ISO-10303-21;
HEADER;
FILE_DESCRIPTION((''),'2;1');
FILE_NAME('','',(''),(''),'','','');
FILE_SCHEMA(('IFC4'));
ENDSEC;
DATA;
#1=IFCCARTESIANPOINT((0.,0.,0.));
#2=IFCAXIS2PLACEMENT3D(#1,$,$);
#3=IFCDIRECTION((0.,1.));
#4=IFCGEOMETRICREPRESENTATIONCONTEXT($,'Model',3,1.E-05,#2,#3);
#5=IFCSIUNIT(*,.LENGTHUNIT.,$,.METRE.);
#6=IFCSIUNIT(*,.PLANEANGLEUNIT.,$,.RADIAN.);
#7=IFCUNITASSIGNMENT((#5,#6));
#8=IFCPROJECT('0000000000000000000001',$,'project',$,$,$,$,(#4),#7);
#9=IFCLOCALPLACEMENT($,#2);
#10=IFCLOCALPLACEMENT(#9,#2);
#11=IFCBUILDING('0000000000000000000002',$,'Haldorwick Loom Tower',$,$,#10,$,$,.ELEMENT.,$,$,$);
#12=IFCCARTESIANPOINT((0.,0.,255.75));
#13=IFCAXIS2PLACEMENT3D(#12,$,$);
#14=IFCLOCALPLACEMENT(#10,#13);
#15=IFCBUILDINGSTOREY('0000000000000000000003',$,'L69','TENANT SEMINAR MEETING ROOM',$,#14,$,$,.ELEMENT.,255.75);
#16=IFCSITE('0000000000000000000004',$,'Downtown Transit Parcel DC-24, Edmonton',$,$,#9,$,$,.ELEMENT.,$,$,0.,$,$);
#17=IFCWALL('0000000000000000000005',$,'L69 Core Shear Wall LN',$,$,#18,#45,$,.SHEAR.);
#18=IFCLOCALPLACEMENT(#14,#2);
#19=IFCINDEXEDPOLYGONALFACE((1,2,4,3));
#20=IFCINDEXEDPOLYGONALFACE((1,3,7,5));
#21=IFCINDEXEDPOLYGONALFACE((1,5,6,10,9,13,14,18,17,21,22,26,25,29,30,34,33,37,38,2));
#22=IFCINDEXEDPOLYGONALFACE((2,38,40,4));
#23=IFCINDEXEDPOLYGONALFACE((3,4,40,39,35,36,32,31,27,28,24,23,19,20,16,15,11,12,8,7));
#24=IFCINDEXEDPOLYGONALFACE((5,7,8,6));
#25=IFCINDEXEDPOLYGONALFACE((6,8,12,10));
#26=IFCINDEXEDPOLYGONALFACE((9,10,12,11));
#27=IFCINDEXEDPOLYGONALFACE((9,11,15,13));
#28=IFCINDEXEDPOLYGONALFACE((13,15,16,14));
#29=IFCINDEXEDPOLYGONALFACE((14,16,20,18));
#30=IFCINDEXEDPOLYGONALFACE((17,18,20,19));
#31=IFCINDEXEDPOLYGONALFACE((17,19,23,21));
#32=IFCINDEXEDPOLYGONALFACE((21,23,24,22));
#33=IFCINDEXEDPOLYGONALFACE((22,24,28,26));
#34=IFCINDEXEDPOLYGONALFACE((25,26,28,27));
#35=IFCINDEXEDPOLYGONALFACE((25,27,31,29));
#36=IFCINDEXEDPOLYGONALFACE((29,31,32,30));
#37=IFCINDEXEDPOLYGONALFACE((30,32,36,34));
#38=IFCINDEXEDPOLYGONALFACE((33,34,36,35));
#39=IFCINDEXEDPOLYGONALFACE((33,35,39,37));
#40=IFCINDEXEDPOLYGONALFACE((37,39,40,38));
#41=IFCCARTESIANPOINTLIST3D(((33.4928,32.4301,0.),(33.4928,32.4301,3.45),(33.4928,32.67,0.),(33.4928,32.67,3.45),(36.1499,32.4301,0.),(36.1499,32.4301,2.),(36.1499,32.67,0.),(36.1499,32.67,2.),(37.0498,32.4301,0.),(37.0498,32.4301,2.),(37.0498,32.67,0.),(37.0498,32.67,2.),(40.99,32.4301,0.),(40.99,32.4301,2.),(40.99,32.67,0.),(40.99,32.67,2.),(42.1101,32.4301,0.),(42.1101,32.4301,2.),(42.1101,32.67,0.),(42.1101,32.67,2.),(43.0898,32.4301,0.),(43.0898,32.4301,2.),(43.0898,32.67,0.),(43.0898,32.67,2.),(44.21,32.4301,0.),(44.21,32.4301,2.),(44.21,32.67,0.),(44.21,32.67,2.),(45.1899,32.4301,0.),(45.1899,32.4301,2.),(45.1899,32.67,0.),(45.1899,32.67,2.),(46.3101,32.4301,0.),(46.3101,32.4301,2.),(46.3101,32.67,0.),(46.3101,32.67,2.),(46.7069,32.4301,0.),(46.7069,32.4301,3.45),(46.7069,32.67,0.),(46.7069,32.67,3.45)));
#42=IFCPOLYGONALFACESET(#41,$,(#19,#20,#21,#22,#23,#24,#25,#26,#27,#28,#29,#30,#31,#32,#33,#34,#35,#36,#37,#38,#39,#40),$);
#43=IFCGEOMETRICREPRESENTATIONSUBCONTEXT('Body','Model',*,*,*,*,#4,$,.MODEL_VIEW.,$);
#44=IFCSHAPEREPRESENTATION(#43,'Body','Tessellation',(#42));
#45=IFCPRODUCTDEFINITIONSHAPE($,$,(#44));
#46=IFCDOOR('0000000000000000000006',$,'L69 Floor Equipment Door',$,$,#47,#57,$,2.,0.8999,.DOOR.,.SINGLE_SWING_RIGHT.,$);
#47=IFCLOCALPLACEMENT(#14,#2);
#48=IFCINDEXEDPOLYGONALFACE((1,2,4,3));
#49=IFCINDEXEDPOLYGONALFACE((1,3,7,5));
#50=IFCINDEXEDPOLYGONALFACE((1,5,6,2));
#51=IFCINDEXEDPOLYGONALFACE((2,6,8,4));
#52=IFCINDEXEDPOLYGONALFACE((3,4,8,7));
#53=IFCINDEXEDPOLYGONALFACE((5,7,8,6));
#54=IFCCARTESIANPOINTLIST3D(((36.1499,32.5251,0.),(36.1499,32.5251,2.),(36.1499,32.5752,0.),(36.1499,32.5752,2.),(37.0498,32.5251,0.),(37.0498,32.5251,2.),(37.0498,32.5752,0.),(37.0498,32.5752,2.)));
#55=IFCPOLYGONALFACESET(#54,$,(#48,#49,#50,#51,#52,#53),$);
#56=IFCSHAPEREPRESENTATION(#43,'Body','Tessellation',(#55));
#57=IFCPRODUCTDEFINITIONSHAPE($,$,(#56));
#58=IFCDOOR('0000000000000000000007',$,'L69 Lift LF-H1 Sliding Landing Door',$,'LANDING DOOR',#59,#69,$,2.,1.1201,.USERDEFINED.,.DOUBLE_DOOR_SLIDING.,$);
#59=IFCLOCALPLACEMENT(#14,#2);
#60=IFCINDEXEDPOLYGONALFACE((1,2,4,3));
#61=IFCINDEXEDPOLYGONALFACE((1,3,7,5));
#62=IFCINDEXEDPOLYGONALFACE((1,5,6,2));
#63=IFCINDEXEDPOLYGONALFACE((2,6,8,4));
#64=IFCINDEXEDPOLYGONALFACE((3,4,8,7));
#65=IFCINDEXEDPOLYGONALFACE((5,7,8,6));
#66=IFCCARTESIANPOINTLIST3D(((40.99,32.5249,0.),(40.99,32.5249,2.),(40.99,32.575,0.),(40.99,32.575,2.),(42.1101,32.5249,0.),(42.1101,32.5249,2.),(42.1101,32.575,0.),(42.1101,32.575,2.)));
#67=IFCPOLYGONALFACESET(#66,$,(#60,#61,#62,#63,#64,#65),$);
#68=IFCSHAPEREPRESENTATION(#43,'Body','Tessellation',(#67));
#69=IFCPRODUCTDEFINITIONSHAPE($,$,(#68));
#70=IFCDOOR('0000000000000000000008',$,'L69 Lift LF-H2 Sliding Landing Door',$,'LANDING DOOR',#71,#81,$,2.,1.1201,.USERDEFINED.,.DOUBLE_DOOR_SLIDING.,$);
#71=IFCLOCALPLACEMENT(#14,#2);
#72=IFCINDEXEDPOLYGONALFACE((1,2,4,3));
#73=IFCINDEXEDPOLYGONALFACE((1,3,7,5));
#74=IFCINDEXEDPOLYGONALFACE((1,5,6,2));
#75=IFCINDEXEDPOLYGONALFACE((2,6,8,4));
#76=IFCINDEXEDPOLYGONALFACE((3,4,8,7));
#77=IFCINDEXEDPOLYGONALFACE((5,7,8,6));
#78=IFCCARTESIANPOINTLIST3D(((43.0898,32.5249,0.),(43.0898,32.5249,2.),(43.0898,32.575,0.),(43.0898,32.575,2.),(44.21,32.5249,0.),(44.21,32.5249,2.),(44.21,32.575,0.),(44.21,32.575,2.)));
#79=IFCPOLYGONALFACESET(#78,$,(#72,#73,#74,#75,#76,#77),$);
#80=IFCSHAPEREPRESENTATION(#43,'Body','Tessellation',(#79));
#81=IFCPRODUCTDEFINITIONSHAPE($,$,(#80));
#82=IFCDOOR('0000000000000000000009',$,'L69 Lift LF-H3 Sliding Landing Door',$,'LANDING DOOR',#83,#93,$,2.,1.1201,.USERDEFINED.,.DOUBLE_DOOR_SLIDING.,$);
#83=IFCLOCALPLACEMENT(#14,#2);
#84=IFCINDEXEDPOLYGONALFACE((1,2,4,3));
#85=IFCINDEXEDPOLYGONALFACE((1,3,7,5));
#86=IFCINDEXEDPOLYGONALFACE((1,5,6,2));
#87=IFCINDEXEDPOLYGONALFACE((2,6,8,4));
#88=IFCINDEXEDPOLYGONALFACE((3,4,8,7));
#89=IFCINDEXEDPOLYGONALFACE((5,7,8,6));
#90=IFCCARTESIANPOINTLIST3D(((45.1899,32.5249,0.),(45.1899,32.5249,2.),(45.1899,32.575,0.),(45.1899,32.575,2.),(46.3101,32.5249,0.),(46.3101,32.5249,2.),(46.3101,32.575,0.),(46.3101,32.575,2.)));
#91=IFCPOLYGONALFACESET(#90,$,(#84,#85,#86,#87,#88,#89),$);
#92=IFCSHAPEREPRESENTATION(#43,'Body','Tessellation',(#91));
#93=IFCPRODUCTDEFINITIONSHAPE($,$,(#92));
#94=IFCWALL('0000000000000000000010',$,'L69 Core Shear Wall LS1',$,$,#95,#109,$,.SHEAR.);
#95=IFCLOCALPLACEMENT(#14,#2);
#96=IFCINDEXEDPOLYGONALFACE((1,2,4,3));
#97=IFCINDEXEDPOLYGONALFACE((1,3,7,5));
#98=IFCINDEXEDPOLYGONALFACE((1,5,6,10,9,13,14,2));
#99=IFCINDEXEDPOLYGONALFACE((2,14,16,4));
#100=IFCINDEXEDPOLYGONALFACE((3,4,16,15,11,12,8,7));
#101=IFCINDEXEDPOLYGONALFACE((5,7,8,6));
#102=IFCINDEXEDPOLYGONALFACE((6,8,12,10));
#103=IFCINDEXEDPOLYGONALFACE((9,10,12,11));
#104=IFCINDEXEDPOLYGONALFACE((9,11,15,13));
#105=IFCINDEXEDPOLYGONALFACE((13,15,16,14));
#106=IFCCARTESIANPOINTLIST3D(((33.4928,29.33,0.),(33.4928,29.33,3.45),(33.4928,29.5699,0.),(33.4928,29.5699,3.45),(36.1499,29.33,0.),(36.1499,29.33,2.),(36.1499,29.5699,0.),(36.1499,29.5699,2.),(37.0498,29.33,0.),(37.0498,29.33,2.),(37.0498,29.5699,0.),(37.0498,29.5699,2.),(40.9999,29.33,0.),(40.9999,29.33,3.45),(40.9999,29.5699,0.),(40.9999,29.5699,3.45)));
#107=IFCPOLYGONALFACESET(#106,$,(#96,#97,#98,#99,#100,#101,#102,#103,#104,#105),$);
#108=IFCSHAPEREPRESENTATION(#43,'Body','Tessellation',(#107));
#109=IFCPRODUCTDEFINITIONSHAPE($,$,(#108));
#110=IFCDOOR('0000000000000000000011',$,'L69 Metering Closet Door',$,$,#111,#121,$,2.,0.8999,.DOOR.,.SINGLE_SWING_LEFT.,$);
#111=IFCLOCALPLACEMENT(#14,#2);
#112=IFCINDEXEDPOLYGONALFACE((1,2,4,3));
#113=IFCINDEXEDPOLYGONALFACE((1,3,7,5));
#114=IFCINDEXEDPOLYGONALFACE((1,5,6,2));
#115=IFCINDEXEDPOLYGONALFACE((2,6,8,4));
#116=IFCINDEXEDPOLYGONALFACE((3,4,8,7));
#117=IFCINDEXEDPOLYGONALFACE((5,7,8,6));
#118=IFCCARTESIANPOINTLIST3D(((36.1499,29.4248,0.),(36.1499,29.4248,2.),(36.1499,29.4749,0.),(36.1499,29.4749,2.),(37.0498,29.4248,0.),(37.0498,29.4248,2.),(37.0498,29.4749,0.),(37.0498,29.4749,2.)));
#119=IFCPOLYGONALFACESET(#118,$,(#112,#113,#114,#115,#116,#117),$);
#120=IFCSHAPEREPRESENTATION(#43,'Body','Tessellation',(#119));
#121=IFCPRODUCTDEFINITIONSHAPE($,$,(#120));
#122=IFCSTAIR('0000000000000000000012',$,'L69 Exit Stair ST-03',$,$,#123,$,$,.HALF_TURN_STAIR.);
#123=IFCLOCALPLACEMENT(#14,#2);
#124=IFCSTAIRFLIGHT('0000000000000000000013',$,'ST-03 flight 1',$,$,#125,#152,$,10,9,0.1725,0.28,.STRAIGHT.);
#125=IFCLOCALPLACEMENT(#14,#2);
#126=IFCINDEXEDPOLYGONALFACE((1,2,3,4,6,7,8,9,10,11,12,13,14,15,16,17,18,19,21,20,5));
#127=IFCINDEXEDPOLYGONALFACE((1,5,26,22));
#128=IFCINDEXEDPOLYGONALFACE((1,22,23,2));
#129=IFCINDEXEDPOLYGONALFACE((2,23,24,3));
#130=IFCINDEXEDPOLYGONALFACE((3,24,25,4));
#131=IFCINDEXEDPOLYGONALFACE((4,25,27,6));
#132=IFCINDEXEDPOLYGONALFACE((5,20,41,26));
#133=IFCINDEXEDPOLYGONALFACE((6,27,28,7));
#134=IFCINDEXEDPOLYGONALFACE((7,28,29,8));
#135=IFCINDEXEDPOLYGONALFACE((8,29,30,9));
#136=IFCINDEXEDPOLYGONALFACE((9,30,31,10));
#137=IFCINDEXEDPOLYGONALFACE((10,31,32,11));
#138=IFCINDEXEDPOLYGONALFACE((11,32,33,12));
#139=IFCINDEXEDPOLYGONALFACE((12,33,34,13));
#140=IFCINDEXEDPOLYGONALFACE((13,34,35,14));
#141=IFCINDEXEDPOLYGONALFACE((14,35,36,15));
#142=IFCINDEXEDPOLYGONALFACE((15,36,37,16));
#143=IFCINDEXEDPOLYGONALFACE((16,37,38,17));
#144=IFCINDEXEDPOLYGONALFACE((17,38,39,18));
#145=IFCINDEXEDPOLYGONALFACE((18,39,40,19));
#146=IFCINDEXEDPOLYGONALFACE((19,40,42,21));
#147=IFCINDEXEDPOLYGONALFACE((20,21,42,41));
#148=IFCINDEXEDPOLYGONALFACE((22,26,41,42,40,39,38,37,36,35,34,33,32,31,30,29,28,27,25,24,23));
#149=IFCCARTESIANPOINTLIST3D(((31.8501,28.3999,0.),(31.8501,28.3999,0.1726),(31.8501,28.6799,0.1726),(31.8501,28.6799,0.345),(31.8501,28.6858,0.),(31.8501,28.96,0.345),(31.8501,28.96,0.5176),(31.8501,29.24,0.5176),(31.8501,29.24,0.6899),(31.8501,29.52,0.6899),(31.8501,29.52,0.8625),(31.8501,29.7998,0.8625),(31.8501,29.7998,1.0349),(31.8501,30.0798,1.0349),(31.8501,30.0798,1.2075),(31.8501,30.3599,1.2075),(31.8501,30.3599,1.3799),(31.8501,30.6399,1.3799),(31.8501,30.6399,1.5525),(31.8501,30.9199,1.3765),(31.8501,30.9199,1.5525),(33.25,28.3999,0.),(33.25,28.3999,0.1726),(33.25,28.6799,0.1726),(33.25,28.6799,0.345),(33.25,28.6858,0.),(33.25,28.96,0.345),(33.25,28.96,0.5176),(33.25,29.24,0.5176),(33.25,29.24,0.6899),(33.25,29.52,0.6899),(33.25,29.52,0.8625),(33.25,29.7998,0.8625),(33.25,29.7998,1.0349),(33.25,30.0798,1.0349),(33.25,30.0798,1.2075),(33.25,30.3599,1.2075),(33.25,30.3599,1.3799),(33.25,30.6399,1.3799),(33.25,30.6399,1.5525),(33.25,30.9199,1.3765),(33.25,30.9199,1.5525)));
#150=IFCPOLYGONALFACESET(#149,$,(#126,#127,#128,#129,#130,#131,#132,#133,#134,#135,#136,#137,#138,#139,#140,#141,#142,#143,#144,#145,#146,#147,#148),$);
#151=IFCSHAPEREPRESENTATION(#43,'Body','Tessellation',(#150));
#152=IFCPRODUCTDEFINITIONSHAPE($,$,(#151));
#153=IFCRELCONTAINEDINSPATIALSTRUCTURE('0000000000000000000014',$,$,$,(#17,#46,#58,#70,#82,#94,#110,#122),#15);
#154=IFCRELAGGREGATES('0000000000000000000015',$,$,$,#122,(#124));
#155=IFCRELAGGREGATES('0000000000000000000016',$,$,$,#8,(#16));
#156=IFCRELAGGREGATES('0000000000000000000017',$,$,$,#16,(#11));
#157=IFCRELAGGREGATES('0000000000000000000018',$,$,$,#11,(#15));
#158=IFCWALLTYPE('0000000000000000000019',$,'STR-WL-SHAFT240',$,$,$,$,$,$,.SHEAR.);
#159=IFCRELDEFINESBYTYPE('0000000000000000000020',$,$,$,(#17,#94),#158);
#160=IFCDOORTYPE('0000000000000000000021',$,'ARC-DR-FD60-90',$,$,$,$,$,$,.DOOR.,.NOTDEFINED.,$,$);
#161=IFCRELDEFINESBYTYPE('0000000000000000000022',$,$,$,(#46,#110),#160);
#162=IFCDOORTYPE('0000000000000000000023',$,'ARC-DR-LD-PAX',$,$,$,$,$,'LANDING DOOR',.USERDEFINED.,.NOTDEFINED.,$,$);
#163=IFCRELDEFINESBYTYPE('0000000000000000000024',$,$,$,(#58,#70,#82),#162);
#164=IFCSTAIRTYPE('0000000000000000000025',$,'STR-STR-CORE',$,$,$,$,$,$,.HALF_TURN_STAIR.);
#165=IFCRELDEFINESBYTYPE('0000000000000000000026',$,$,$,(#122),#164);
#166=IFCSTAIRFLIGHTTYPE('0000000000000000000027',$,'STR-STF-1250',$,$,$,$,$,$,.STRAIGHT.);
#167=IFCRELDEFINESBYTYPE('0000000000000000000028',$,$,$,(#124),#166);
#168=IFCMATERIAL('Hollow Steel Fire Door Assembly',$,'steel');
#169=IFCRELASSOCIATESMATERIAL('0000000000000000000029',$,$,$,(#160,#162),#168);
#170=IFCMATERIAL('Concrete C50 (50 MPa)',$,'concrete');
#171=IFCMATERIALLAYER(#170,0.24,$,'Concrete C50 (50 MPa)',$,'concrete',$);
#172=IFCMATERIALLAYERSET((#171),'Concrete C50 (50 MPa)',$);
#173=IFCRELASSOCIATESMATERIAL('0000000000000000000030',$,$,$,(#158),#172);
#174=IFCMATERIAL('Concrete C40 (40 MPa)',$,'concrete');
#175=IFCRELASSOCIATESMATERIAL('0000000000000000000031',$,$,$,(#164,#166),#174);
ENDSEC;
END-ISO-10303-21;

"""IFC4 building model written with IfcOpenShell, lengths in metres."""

from ifc_helpers import new_model, si_unit, direction, frame, frame_2d, origin, place, context, subcontext, project, spatial, polyline, rectangle, outline, extrude, material, layer, layer_set, type_object, element, fill, aggregate, save


model = new_model("IFC4")

# Units and contexts
model_context = context("Model", 3, precision=1e-05, world=origin(), true_north=direction((0.0, 1.0)))
body_context = subcontext(model_context, "Body", "Model", "MODEL_VIEW")
ifc_project = project(units=[si_unit("LENGTHUNIT", "METRE"), si_unit("PLANEANGLEUNIT", "RADIAN")], contexts=[model_context])

# Site, building, storey
site_placement = place(None, origin())
site = spatial("IfcSite", under=ifc_project, at=site_placement, Name="Downtown Transit Parcel DC-24, Edmonton", CompositionType="ELEMENT", RefElevation=0.0)
building_placement = place(site_placement, origin())
building = spatial("IfcBuilding", under=site, at=building_placement, Name="Haldorwick Loom Tower", CompositionType="ELEMENT")
storey_placement = place(building_placement, frame((0.0, 0.0, 255.75)))
storey = spatial("IfcBuildingStorey", under=building, at=storey_placement, Name="L69", Description="TENANT SEMINAR MEETING ROOM", CompositionType="ELEMENT", Elevation=255.75)

# Shared definitions
ifc_material_1 = material(Name="Hollow Steel Fire Door Assembly", Category="steel")
door_type_1 = type_object("IfcDoorType", Name="ARC-DR-FD60-90", OperationType="NOTDEFINED", PredefinedType="DOOR", material=ifc_material_1)

# Shared definitions
ifc_material_2 = material(Name="Concrete C50 (50 MPa)", Category="concrete")
ifc_layer_1 = layer(ifc_material_2, 0.24, Name="Concrete C50 (50 MPa)", Category="concrete")
ifc_layer_set_1 = layer_set([ifc_layer_1], Name="Concrete C50 (50 MPa)")
wall_type_1 = type_object("IfcWallType", Name="STR-WL-SHAFT240", PredefinedType="SHEAR", material=ifc_layer_set_1)

# Wall, openings, doors
wall_1_placement = place(storey_placement, frame((33.4929, 32.55, 0.0), z_axis=(0.0, 0.0, 1.0), x_axis=(1.0, 0.0, 0.0)))
wall_1 = element("IfcWall", 1, at=wall_1_placement, inside=storey, type_object=wall_type_1, Name="L69 Core Shear Wall LN", PredefinedType="SHEAR", context=body_context, shape_type="SweptSolid", body=[
    extrude(rectangle(XDim=13.2141, YDim=0.24, at=frame_2d((6.6069, 0.0))), origin(), (0.0, 0.0, 1.0), 3.45),
])
opening_1_placement = place(wall_1_placement, frame((2.657, 0.0, 0.0)))
opening_1 = element("IfcOpeningElement", 2, at=opening_1_placement, cuts=wall_1, PredefinedType="OPENING", context=body_context, shape_type="SweptSolid", body=[
    extrude(rectangle(XDim=0.8999, YDim=2.0, at=frame_2d((0.45, 1.0))), frame((0.0, 0.1299, 0.0), z_axis=(0.0, -1.0, 0.0), x_axis=(1.0, 0.0, 0.0)), (0.0, 0.0, 1.0), 0.26),
])
opening_2_placement = place(wall_1_placement, frame((7.4971, 0.0, 0.0)))
opening_2 = element("IfcOpeningElement", 3, at=opening_2_placement, cuts=wall_1, PredefinedType="OPENING", context=body_context, shape_type="SweptSolid", body=[
    extrude(rectangle(XDim=1.1201, YDim=2.0, at=frame_2d((0.5601, 1.0))), frame((0.0, 0.1299, 0.0), z_axis=(0.0, -1.0, 0.0), x_axis=(1.0, 0.0, 0.0)), (0.0, 0.0, 1.0), 0.26),
])
opening_3_placement = place(wall_1_placement, frame((9.5969, 0.0, 0.0)))
opening_3 = element("IfcOpeningElement", 4, at=opening_3_placement, cuts=wall_1, PredefinedType="OPENING", context=body_context, shape_type="SweptSolid", body=[
    extrude(rectangle(XDim=1.1201, YDim=2.0, at=frame_2d((0.5601, 1.0))), frame((0.0, 0.1299, 0.0), z_axis=(0.0, -1.0, 0.0), x_axis=(1.0, 0.0, 0.0)), (0.0, 0.0, 1.0), 0.26),
])
opening_4_placement = place(wall_1_placement, frame((11.697, 0.0, 0.0)))
opening_4 = element("IfcOpeningElement", 5, at=opening_4_placement, cuts=wall_1, PredefinedType="OPENING", context=body_context, shape_type="SweptSolid", body=[
    extrude(rectangle(XDim=1.1201, YDim=2.0, at=frame_2d((0.5601, 1.0))), frame((0.0, 0.1299, 0.0), z_axis=(0.0, -1.0, 0.0), x_axis=(1.0, 0.0, 0.0)), (0.0, 0.0, 1.0), 0.26),
])
door_1_placement = place(opening_1_placement, frame((0.8999, 0.0, 0.0), z_axis=(0.0, 0.0, 1.0), x_axis=(-1.0, 0.0, 0.0)))
door_1 = element("IfcDoor", 6, at=door_1_placement, inside=storey, type_object=door_type_1, Name="L69 Floor Equipment Door", OperationType="SINGLE_SWING_RIGHT", OverallHeight=2.0, OverallWidth=0.8999, PredefinedType="DOOR", context=body_context, shape_type="SweptSolid", body=[
    extrude(rectangle(XDim=0.8999, YDim=2.0, at=frame_2d((0.45, 1.0))), frame((0.0, 0.0249, 0.0), z_axis=(0.0, -1.0, 0.0), x_axis=(1.0, 0.0, 0.0)), (0.0, 0.0, 1.0), 0.05),
])
fill(opening_1, door_1)
door_type_2 = type_object("IfcDoorType", Name="ARC-DR-LD-PAX", ElementType="LANDING DOOR", OperationType="NOTDEFINED", PredefinedType="USERDEFINED", material=ifc_material_1)
door_2_placement = place(opening_2_placement, origin())
door_2 = element("IfcDoor", 7, at=door_2_placement, inside=storey, type_object=door_type_2, Name="L69 Lift LF-H1 Sliding Landing Door", ObjectType="LANDING DOOR", OperationType="DOUBLE_DOOR_SLIDING", OverallHeight=2.0, OverallWidth=1.1201, PredefinedType="USERDEFINED", context=body_context, shape_type="SweptSolid", body=[
    extrude(rectangle(XDim=1.1201, YDim=2.0, at=frame_2d((0.5601, 1.0))), frame((0.0, 0.0249, 0.0), z_axis=(0.0, -1.0, 0.0), x_axis=(1.0, 0.0, 0.0)), (0.0, 0.0, 1.0), 0.05),
])
fill(opening_2, door_2)
door_3_placement = place(opening_3_placement, origin())
door_3 = element("IfcDoor", 8, at=door_3_placement, inside=storey, type_object=door_type_2, Name="L69 Lift LF-H2 Sliding Landing Door", ObjectType="LANDING DOOR", OperationType="DOUBLE_DOOR_SLIDING", OverallHeight=2.0, OverallWidth=1.1201, PredefinedType="USERDEFINED", context=body_context, shape_type="SweptSolid", body=[
    extrude(rectangle(XDim=1.1201, YDim=2.0, at=frame_2d((0.5601, 1.0))), frame((0.0, 0.0249, 0.0), z_axis=(0.0, -1.0, 0.0), x_axis=(1.0, 0.0, 0.0)), (0.0, 0.0, 1.0), 0.05),
])
fill(opening_3, door_3)
door_4_placement = place(opening_4_placement, origin())
door_4 = element("IfcDoor", 9, at=door_4_placement, inside=storey, type_object=door_type_2, Name="L69 Lift LF-H3 Sliding Landing Door", ObjectType="LANDING DOOR", OperationType="DOUBLE_DOOR_SLIDING", OverallHeight=2.0, OverallWidth=1.1201, PredefinedType="USERDEFINED", context=body_context, shape_type="SweptSolid", body=[
    extrude(rectangle(XDim=1.1201, YDim=2.0, at=frame_2d((0.5601, 1.0))), frame((0.0, 0.0249, 0.0), z_axis=(0.0, -1.0, 0.0), x_axis=(1.0, 0.0, 0.0)), (0.0, 0.0, 1.0), 0.05),
])
fill(opening_4, door_4)

# Wall, opening, door
wall_2_placement = place(storey_placement, frame((33.4929, 29.45, 0.0), z_axis=(0.0, 0.0, 1.0), x_axis=(1.0, 0.0, 0.0)))
wall_2 = element("IfcWall", 10, at=wall_2_placement, inside=storey, type_object=wall_type_1, Name="L69 Core Shear Wall LS1", PredefinedType="SHEAR", context=body_context, shape_type="SweptSolid", body=[
    extrude(rectangle(XDim=7.5071, YDim=0.24, at=frame_2d((3.7534, 0.0))), origin(), (0.0, 0.0, 1.0), 3.45),
])
opening_5_placement = place(wall_2_placement, frame((2.657, 0.0, 0.0)))
opening_5 = element("IfcOpeningElement", 11, at=opening_5_placement, cuts=wall_2, PredefinedType="OPENING", context=body_context, shape_type="SweptSolid", body=[
    extrude(rectangle(XDim=0.8999, YDim=2.0, at=frame_2d((0.45, 1.0))), frame((0.0, 0.1299, 0.0), z_axis=(0.0, -1.0, 0.0), x_axis=(1.0, 0.0, 0.0)), (0.0, 0.0, 1.0), 0.26),
])
door_5_placement = place(opening_5_placement, origin())
door_5 = element("IfcDoor", 12, at=door_5_placement, inside=storey, type_object=door_type_1, Name="L69 Metering Closet Door", OperationType="SINGLE_SWING_LEFT", OverallHeight=2.0, OverallWidth=0.8999, PredefinedType="DOOR", context=body_context, shape_type="SweptSolid", body=[
    extrude(rectangle(XDim=0.8999, YDim=2.0, at=frame_2d((0.45, 1.0))), frame((0.0, 0.0249, 0.0), z_axis=(0.0, -1.0, 0.0), x_axis=(1.0, 0.0, 0.0)), (0.0, 0.0, 1.0), 0.05),
])
fill(opening_5, door_5)

# Stair, stair flight
ifc_material_3 = material(Name="Concrete C40 (40 MPa)", Category="concrete")
stair_type = type_object("IfcStairType", Name="STR-STR-CORE", PredefinedType="HALF_TURN_STAIR", material=ifc_material_3)
stair_placement = place(storey_placement, origin())
stair = element("IfcStair", 13, at=stair_placement, inside=storey, type_object=stair_type, Name="L69 Exit Stair ST-03", PredefinedType="HALF_TURN_STAIR")
stair_flight_type = type_object("IfcStairFlightType", Name="STR-STF-1250", PredefinedType="STRAIGHT", material=ifc_material_3)
stair_flight_1_placement = place(storey_placement, frame((32.55, 28.3999, 0.0), z_axis=(0.0, 0.0, 1.0), x_axis=(0.0, 1.0, 0.0)))
stair_flight_1 = element("IfcStairFlight", 14, at=stair_flight_1_placement, type_object=stair_flight_type, Name="ST-03 flight 1", NumberOfRisers=10, NumberOfTreads=9, PredefinedType="STRAIGHT", RiserHeight=0.1725, TreadLength=0.28, context=body_context, shape_type="SweptSolid", body=[
    extrude(outline(polyline([(0.0, 0.0), (0.0, 0.1726), (0.28, 0.1726), (0.28, 0.345), (0.5601, 0.345), (0.5601, 0.5176), (0.8401, 0.5176), (0.8401, 0.6899), (1.1201, 0.6899), (1.1201, 0.8625), (1.3999, 0.8625), (1.3999, 1.0349), (1.6799, 1.0349), (1.6799, 1.2075), (1.96, 1.2075), (1.96, 1.3799), (2.24, 1.3799), (2.24, 1.5525), (2.52, 1.5525), (2.52, 1.7251), (2.52, 1.3765), (0.2859, 0.0), (0.0, 0.0)])), frame((0.0, 0.7, 0.0), z_axis=(0.0, -1.0, 0.0), x_axis=(1.0, 0.0, 0.0)), (0.0, 0.0, 1.0), 1.3999),
])
aggregate(stair, [stair_flight_1])

save(model, "model.ifc")
